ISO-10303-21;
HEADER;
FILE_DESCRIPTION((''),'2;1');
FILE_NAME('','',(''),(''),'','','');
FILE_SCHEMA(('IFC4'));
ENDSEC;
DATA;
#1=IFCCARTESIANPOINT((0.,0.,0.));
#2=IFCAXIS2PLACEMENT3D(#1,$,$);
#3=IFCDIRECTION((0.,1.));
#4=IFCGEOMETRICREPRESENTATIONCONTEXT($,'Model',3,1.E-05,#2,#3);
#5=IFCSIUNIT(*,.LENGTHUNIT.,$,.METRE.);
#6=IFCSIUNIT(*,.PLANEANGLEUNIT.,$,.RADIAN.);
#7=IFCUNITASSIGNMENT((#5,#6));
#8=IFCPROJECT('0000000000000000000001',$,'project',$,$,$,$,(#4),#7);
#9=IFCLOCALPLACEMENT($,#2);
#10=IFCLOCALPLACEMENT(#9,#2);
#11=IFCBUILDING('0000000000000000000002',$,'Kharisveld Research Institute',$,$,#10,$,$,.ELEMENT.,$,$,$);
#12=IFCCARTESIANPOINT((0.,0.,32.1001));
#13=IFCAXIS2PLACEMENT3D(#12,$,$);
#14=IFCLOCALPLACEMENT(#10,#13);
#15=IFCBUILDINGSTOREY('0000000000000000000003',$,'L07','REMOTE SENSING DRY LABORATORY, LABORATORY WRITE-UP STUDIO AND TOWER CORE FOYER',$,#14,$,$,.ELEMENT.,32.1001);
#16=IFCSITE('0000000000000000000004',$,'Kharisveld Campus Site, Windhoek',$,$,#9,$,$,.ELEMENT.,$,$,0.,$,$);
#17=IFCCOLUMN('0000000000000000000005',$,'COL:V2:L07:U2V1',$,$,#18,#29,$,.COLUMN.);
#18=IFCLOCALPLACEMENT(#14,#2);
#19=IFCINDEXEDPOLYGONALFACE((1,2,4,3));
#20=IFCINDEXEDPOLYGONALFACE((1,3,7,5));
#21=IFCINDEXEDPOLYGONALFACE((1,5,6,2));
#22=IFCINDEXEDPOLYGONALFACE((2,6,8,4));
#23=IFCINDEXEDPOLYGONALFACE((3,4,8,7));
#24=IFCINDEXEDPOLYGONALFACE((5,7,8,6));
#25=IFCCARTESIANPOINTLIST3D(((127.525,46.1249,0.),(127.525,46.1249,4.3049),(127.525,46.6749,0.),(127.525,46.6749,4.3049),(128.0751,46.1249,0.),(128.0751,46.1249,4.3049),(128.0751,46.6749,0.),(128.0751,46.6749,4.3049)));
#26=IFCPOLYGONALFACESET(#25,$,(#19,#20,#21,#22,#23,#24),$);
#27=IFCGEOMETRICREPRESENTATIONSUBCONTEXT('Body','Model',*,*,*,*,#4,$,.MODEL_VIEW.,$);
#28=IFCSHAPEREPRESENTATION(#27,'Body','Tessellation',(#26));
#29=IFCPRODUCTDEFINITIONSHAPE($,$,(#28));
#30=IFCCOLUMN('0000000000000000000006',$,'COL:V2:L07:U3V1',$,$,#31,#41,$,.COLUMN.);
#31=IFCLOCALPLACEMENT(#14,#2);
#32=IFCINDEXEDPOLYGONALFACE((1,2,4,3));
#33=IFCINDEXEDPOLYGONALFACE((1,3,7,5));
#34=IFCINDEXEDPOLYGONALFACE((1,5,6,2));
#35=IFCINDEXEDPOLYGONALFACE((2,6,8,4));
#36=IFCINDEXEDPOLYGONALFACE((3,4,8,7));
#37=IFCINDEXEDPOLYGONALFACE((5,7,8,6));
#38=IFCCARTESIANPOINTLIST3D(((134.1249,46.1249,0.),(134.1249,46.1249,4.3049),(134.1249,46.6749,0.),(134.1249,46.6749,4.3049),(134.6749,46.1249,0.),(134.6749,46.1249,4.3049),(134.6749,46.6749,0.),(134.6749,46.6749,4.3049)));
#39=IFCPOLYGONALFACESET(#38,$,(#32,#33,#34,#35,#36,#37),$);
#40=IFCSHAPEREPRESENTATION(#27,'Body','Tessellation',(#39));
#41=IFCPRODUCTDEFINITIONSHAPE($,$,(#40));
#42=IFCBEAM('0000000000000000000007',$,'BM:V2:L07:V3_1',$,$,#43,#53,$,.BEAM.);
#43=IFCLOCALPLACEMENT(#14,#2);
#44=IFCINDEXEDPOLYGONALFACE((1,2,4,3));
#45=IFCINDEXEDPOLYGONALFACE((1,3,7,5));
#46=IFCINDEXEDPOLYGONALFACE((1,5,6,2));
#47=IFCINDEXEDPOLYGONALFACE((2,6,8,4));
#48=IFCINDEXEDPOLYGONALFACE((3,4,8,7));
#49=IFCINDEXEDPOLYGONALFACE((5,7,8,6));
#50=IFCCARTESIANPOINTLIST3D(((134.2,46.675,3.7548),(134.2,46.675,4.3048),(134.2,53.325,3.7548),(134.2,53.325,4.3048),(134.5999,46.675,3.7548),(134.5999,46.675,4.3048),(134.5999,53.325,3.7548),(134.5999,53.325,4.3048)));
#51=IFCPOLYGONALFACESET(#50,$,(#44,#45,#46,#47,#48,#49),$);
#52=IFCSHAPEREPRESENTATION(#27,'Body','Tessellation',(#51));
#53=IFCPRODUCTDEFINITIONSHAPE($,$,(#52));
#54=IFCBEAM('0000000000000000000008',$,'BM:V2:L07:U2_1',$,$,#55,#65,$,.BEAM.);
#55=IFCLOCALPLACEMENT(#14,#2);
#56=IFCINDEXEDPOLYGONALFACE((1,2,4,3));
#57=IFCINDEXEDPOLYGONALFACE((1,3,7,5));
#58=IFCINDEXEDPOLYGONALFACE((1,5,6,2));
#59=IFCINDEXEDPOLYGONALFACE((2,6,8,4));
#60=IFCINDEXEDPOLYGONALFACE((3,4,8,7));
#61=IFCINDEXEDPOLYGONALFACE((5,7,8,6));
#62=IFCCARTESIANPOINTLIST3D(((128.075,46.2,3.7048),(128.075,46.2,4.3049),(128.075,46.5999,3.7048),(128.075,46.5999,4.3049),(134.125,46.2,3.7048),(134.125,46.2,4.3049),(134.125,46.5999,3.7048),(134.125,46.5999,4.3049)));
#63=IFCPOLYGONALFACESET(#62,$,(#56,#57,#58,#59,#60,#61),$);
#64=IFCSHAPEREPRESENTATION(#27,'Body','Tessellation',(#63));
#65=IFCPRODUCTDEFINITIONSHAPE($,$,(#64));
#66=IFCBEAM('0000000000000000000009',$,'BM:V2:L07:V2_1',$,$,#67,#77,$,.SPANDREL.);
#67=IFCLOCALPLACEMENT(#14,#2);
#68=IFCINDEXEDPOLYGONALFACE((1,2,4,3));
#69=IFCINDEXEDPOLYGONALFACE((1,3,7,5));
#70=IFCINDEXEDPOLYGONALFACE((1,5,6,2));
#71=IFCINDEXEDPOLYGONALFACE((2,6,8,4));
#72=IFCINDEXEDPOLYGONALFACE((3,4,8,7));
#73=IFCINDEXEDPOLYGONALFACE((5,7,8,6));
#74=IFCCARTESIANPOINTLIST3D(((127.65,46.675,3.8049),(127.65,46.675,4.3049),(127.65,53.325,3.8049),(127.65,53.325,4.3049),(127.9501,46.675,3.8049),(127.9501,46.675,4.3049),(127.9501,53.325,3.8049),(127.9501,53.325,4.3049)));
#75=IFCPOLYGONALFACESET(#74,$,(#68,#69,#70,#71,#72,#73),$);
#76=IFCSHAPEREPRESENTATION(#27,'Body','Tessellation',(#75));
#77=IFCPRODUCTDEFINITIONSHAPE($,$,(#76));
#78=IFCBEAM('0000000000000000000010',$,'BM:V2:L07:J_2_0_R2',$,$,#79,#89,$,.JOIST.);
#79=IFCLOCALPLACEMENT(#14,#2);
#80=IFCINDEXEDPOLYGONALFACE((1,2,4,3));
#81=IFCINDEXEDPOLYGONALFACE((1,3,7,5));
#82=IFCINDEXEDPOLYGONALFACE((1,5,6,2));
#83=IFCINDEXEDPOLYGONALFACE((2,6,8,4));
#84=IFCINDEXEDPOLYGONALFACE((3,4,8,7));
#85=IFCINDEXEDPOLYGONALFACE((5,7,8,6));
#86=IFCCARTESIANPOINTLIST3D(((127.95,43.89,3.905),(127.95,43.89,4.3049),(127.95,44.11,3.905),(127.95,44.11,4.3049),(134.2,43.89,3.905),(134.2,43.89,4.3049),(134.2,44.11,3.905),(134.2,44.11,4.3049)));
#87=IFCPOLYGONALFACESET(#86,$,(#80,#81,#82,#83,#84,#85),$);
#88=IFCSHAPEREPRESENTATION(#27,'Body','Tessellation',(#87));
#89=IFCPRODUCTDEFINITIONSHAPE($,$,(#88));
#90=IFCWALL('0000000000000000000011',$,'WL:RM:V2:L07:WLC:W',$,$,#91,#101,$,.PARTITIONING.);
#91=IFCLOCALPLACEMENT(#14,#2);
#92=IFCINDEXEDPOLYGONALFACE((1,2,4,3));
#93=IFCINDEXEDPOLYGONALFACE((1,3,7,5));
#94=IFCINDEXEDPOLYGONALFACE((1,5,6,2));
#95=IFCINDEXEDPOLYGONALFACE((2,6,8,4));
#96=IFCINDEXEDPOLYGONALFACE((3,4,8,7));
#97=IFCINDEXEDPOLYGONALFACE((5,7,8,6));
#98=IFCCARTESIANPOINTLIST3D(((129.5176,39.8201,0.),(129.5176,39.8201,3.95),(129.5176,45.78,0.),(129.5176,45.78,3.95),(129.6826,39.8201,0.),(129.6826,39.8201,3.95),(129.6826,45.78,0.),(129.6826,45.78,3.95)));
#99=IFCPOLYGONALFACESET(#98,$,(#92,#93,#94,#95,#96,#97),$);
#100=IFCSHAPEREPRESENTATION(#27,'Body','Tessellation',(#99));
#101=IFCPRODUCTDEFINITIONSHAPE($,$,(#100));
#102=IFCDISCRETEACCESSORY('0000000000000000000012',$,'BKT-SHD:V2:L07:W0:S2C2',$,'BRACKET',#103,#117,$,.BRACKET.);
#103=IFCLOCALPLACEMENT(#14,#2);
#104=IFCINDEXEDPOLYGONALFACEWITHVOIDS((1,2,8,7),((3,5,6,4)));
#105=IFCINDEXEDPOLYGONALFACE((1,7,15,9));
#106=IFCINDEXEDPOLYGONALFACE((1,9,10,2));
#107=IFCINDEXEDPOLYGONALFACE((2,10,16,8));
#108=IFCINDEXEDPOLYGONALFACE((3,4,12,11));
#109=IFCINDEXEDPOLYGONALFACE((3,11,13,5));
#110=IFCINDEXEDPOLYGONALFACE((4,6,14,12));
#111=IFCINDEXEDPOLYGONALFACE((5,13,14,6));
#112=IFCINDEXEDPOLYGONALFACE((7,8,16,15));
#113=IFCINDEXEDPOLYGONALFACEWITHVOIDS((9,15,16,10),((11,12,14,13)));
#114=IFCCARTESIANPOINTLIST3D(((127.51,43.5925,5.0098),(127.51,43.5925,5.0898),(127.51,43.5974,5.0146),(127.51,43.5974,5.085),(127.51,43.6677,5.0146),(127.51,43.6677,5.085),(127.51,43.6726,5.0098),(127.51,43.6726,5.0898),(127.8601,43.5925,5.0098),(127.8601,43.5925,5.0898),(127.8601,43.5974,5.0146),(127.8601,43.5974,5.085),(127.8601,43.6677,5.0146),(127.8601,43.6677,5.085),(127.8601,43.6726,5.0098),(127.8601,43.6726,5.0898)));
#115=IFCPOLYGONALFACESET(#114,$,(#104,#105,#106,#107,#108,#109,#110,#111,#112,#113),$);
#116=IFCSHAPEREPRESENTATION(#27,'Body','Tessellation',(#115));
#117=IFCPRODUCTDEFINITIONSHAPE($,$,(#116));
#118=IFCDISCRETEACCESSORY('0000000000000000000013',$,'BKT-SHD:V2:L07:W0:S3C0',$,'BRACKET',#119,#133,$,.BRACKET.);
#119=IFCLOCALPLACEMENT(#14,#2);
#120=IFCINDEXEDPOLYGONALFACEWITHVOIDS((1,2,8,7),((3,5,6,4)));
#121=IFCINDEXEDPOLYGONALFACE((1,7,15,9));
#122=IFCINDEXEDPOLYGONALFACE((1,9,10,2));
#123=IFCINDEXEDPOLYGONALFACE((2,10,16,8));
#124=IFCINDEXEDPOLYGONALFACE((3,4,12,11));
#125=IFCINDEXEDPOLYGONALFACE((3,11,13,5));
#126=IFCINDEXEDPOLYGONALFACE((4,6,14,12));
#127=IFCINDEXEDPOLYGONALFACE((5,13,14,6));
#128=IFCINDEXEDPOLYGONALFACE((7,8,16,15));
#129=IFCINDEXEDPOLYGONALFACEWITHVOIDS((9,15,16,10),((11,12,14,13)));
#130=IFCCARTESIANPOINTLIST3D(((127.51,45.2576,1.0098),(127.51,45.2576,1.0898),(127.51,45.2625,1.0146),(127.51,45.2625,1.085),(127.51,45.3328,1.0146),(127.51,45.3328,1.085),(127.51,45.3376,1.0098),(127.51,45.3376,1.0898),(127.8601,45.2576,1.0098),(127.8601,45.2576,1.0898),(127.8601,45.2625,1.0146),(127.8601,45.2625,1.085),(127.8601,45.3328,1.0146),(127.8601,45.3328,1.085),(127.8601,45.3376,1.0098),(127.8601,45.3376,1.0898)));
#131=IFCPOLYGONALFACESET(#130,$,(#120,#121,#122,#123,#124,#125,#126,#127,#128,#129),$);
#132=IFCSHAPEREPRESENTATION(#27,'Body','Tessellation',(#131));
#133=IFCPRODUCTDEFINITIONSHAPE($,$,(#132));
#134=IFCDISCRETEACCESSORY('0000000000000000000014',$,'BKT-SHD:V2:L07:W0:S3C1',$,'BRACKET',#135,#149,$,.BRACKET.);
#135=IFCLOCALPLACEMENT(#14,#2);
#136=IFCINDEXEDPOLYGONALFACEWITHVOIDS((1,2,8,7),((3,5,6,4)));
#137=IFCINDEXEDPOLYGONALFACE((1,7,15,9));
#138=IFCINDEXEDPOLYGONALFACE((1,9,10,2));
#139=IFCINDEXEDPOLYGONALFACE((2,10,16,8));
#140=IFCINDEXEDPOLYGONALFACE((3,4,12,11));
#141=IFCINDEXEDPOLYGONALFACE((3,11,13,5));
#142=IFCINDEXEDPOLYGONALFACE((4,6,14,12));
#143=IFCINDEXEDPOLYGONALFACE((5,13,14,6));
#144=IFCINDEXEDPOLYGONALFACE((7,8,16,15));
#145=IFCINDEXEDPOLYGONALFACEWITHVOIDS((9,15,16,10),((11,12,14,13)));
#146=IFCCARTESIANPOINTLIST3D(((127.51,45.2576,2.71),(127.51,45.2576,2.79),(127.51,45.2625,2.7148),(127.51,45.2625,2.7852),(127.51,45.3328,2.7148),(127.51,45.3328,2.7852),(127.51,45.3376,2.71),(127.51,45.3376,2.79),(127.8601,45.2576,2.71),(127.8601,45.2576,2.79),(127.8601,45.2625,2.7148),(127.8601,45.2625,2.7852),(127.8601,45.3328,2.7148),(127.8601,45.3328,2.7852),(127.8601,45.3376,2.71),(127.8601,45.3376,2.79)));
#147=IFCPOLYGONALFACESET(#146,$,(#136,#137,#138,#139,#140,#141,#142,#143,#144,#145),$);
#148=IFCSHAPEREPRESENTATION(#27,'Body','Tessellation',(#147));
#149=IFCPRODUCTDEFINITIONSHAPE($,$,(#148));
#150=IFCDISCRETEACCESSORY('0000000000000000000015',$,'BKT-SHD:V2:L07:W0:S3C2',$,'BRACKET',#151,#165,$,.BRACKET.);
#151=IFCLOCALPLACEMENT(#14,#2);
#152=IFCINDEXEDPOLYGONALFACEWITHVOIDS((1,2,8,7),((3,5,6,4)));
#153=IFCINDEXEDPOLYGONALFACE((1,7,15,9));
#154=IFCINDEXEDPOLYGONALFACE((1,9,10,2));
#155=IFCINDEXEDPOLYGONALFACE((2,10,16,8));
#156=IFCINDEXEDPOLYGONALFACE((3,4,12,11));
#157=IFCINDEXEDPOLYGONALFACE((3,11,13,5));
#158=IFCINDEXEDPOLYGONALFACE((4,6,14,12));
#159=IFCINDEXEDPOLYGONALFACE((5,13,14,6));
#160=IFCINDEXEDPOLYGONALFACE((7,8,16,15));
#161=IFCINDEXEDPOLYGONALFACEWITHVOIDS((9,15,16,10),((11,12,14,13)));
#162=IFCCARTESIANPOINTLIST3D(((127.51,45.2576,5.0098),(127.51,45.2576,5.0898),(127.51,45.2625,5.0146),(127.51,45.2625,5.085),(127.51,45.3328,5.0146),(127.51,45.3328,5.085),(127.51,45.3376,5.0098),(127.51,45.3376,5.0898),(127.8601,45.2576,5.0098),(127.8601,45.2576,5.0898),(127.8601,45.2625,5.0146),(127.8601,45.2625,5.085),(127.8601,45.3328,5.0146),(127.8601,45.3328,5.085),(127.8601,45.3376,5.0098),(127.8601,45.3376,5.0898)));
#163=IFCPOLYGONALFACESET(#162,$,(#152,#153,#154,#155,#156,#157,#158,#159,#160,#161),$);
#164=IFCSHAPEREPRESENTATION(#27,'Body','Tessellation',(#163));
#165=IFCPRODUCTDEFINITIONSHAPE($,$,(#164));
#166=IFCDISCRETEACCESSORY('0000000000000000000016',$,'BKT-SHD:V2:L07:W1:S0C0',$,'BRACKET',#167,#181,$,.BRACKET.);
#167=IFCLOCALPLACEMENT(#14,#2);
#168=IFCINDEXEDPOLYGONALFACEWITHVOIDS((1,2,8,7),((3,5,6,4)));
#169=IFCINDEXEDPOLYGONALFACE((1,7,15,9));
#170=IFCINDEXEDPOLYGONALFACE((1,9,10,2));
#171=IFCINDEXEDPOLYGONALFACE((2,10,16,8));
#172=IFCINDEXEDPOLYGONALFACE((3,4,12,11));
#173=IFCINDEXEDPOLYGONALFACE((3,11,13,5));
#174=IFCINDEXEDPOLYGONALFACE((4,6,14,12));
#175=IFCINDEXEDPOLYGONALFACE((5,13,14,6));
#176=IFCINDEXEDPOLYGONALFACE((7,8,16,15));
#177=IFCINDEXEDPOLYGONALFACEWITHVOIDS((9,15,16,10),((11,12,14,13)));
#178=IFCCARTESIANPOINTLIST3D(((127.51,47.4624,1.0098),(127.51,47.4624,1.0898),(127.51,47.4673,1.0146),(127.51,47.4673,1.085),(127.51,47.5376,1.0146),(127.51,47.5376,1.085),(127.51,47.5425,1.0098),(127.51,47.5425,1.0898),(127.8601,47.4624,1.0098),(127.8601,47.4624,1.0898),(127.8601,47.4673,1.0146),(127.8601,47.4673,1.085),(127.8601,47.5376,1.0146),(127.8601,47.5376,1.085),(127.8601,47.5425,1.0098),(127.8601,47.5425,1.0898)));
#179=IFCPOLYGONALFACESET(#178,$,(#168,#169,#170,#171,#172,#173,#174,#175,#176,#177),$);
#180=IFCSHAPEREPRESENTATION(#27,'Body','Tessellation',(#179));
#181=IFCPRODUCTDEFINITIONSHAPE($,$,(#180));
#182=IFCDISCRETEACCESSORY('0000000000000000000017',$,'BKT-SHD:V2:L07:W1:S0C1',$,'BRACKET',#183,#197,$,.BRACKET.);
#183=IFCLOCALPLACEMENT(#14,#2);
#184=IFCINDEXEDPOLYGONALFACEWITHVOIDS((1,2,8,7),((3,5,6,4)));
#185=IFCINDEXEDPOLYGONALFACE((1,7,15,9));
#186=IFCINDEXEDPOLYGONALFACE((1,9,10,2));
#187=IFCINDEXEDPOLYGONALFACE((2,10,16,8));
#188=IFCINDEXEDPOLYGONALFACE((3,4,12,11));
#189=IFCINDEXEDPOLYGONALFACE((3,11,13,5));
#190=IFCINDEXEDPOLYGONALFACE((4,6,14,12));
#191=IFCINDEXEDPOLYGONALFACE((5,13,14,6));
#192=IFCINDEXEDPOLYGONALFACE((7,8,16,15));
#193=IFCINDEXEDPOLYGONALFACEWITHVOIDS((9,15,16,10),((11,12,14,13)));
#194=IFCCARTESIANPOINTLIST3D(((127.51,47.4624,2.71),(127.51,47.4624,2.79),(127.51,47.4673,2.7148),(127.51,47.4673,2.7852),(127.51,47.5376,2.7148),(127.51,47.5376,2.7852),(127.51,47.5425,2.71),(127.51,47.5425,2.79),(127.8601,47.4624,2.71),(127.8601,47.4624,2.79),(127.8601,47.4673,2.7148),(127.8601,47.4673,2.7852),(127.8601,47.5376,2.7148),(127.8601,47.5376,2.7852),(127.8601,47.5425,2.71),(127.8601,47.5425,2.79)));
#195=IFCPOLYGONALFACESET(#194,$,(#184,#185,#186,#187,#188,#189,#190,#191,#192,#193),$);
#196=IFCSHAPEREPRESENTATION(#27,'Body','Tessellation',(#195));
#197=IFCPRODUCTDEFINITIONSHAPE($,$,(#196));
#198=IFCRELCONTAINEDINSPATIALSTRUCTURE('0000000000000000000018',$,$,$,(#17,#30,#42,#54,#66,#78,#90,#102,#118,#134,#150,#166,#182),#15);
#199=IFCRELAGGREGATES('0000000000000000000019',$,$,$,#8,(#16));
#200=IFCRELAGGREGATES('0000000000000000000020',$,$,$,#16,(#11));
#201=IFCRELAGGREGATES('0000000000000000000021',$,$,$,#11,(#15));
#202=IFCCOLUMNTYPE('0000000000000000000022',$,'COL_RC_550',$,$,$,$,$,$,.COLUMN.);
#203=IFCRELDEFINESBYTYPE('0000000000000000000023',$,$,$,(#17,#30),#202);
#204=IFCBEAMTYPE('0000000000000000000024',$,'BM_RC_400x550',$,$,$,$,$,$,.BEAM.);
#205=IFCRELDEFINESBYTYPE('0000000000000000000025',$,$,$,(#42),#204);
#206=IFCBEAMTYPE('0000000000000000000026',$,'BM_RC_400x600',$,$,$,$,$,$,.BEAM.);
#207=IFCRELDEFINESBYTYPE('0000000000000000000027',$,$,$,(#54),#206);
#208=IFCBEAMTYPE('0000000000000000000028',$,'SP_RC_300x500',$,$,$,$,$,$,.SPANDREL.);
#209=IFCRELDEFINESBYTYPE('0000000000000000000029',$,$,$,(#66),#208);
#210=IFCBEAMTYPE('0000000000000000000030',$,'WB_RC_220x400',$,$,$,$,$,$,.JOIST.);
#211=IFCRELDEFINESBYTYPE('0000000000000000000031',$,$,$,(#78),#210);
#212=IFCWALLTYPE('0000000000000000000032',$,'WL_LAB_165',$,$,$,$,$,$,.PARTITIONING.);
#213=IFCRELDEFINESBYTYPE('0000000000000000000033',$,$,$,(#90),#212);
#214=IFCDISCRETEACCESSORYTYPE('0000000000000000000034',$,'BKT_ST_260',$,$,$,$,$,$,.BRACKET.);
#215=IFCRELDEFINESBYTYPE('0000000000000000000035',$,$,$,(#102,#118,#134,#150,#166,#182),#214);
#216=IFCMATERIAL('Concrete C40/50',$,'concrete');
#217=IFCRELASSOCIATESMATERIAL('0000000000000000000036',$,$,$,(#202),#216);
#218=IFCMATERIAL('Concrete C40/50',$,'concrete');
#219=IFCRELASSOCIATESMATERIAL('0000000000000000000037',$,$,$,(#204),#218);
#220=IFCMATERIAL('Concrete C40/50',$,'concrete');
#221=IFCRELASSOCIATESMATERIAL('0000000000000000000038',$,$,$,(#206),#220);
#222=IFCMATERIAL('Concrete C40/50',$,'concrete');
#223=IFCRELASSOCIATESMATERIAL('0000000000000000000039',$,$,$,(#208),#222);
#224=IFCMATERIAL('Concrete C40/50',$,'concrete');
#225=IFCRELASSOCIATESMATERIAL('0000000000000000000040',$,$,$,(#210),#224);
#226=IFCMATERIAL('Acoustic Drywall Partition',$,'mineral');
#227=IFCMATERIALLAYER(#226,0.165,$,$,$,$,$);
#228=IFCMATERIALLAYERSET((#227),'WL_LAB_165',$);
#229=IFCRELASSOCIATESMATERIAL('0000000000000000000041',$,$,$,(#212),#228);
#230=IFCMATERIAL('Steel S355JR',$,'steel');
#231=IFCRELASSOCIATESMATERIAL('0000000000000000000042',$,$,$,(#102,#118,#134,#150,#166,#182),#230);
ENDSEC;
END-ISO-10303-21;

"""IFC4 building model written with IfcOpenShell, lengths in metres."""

from ifc_helpers import new_model, si_unit, direction, frame, frame_2d, origin, origin_2d, place, context, subcontext, project, spatial, rectangle, hollow_rectangle, extrude, material, layer, layer_set, material_profile, profile_set, type_object, element, save


model = new_model("IFC4")

# Units and contexts
model_context = context("Model", 3, precision=1e-05, world=origin(), true_north=direction((0.0, 1.0)))
body_context = subcontext(model_context, "Body", "Model", "MODEL_VIEW")
ifc_project = project(units=[si_unit("LENGTHUNIT", "METRE"), si_unit("PLANEANGLEUNIT", "RADIAN")], contexts=[model_context])

# Site, building, storey
site_placement = place(None, origin())
site = spatial("IfcSite", under=ifc_project, at=site_placement, Name="Kharisveld Campus Site, Windhoek", CompositionType="ELEMENT", RefElevation=0.0)
building_placement = place(site_placement, origin())
building = spatial("IfcBuilding", under=site, at=building_placement, Name="Kharisveld Research Institute", CompositionType="ELEMENT")
storey_placement = place(building_placement, frame((0.0, 0.0, 32.1001)))
storey = spatial("IfcBuildingStorey", under=building, at=storey_placement, Name="L07", Description="REMOTE SENSING DRY LABORATORY, LABORATORY WRITE-UP STUDIO AND TOWER CORE FOYER", CompositionType="ELEMENT", Elevation=32.1001)

# Columns
ifc_material_1 = material(Name="Concrete C40/50", Category="concrete")
ifc_material_profile_1 = material_profile(ifc_material_1, rectangle(XDim=0.55, YDim=0.55, at=origin_2d()))
ifc_profile_set_1 = profile_set([ifc_material_profile_1], Name="Concrete C40/50")
column_type = type_object("IfcColumnType", Name="COL_RC_550", PredefinedType="COLUMN", material=ifc_profile_set_1)
for number, where, z_axis, x_axis, name in (
    (1, (127.8, 46.3999, 0.0), (0.0, 0.0, 1.0), (1.0, 0.0, 0.0), "COL:V2:L07:U2V1"),
    (2, (134.3999, 46.3999, 0.0), (0.0, 0.0, 1.0), (1.0, 0.0, 0.0), "COL:V2:L07:U3V1"),
):
    element("IfcColumn", number, at=place(storey_placement, frame(where, z_axis=z_axis, x_axis=x_axis)), inside=storey, type_object=column_type, Name=name, PredefinedType="COLUMN", context=body_context, shape_type="SweptSolid", body=[
        extrude(rectangle(XDim=0.55, YDim=0.55, at=origin_2d()), origin(), (0.0, 0.0, 1.0), 4.3049),
    ])

# Beams
ifc_material_2 = material(Name="Concrete C40/50", Category="concrete")
ifc_material_profile_2 = material_profile(ifc_material_2, rectangle(XDim=0.3999, YDim=0.55, at=origin_2d()))
ifc_profile_set_2 = profile_set([ifc_material_profile_2], Name="Concrete C40/50")
beam_type_1 = type_object("IfcBeamType", Name="BM_RC_400x550", PredefinedType="BEAM", material=ifc_profile_set_2)
beam_1_placement = place(storey_placement, frame((134.3999, 46.675, 4.0298), z_axis=(0.0, 1.0, 0.0), x_axis=(-1.0, 0.0, 0.0)))
element("IfcBeam", 3, at=beam_1_placement, inside=storey, type_object=beam_type_1, Name="BM:V2:L07:V3_1", PredefinedType="BEAM", context=body_context, shape_type="SweptSolid", body=[
    extrude(rectangle(XDim=0.3999, YDim=0.55, at=origin_2d()), origin(), (0.0, 0.0, 1.0), 6.6499),
])
ifc_material_3 = material(Name="Concrete C40/50", Category="concrete")
ifc_material_profile_3 = material_profile(ifc_material_3, rectangle(XDim=0.3999, YDim=0.6001, at=origin_2d()))
ifc_profile_set_3 = profile_set([ifc_material_profile_3], Name="Concrete C40/50")
beam_type_2 = type_object("IfcBeamType", Name="BM_RC_400x600", PredefinedType="BEAM", material=ifc_profile_set_3)
beam_2_placement = place(storey_placement, frame((128.075, 46.3999, 4.0049), z_axis=(1.0, 0.0, 0.0), x_axis=(0.0, 1.0, 0.0)))
element("IfcBeam", 4, at=beam_2_placement, inside=storey, type_object=beam_type_2, Name="BM:V2:L07:U2_1", PredefinedType="BEAM", context=body_context, shape_type="SweptSolid", body=[
    extrude(rectangle(XDim=0.3999, YDim=0.6001, at=origin_2d()), origin(), (0.0, 0.0, 1.0), 6.05),
])
ifc_material_4 = material(Name="Concrete C40/50", Category="concrete")
ifc_material_profile_4 = material_profile(ifc_material_4, rectangle(XDim=0.3, YDim=0.5, at=origin_2d()))
ifc_profile_set_4 = profile_set([ifc_material_profile_4], Name="Concrete C40/50")
beam_type_3 = type_object("IfcBeamType", Name="SP_RC_300x500", PredefinedType="SPANDREL", material=ifc_profile_set_4)
beam_3_placement = place(storey_placement, frame((127.8, 46.675, 4.0549), z_axis=(0.0, 1.0, 0.0), x_axis=(-1.0, 0.0, 0.0)))
element("IfcBeam", 5, at=beam_3_placement, inside=storey, type_object=beam_type_3, Name="BM:V2:L07:V2_1", PredefinedType="SPANDREL", context=body_context, shape_type="SweptSolid", body=[
    extrude(rectangle(XDim=0.3, YDim=0.5, at=origin_2d()), origin(), (0.0, 0.0, 1.0), 6.6499),
])
ifc_material_5 = material(Name="Concrete C40/50", Category="concrete")
ifc_material_profile_5 = material_profile(ifc_material_5, rectangle(XDim=0.22, YDim=0.3999, at=origin_2d()))
ifc_profile_set_5 = profile_set([ifc_material_profile_5], Name="Concrete C40/50")
beam_type_4 = type_object("IfcBeamType", Name="WB_RC_220x400", PredefinedType="JOIST", material=ifc_profile_set_5)
beam_4_placement = place(storey_placement, frame((127.95, 44.0, 4.105), z_axis=(1.0, 0.0, 0.0), x_axis=(0.0, 1.0, 0.0)))
element("IfcBeam", 6, at=beam_4_placement, inside=storey, type_object=beam_type_4, Name="BM:V2:L07:J_2_0_R2", PredefinedType="JOIST", context=body_context, shape_type="SweptSolid", body=[
    extrude(rectangle(XDim=0.22, YDim=0.3999, at=origin_2d()), origin(), (0.0, 0.0, 1.0), 6.25),
])

# Shared definitions
ifc_material_6 = material(Name="Acoustic Drywall Partition", Category="mineral")
ifc_layer_1 = layer(ifc_material_6, 0.165)
ifc_layer_set_1 = layer_set([ifc_layer_1], Name="WL_LAB_165")
wall_type_1 = type_object("IfcWallType", Name="WL_LAB_165", PredefinedType="PARTITIONING", material=ifc_layer_set_1)

# Wall
wall_1_placement = place(storey_placement, frame((129.6001, 45.78, 0.0), z_axis=(0.0, 0.0, 1.0), x_axis=(0.0, -1.0, 0.0)))
element("IfcWall", 7, at=wall_1_placement, inside=storey, type_object=wall_type_1, Name="WL:RM:V2:L07:WLC:W", PredefinedType="PARTITIONING", context=body_context, shape_type="SweptSolid", body=[
    extrude(rectangle(XDim=5.96, YDim=0.165, at=frame_2d((2.98, 0.0))), origin(), (0.0, 0.0, 1.0), 3.95),
])

# Discrete accessories
ifc_material_7 = material(Name="Steel S355JR", Category="steel")
discrete_accessory_type = type_object("IfcDiscreteAccessoryType", Name="BKT_ST_260", PredefinedType="BRACKET")
for number, where, z_axis, x_axis, name in (
    (8, (127.8601, 43.6326, 5.0498), (-1.0, 0.0, 0.0), (0.0, -1.0, 0.0), "BKT-SHD:V2:L07:W0:S2C2"),
    (9, (127.8601, 45.2976, 1.0498), (-1.0, 0.0, 0.0), (0.0, -1.0, 0.0), "BKT-SHD:V2:L07:W0:S3C0"),
    (10, (127.8601, 45.2976, 2.75), (-1.0, 0.0, 0.0), (0.0, -1.0, 0.0), "BKT-SHD:V2:L07:W0:S3C1"),
    (11, (127.8601, 45.2976, 5.0498), (-1.0, 0.0, 0.0), (0.0, -1.0, 0.0), "BKT-SHD:V2:L07:W0:S3C2"),
    (12, (127.8601, 47.5024, 1.0498), (-1.0, 0.0, 0.0), (0.0, -1.0, 0.0), "BKT-SHD:V2:L07:W1:S0C0"),
    (13, (127.8601, 47.5024, 2.75), (-1.0, 0.0, 0.0), (0.0, -1.0, 0.0), "BKT-SHD:V2:L07:W1:S0C1"),
):
    element("IfcDiscreteAccessory", number, at=place(storey_placement, frame(where, z_axis=z_axis, x_axis=x_axis)), inside=storey, type_object=discrete_accessory_type, material=ifc_material_7, Name=name, ObjectType="BRACKET", PredefinedType="BRACKET", context=body_context, shape_type="SweptSolid", body=[
        extrude(hollow_rectangle(XDim=0.0801, YDim=0.0801, WallThickness=0.0049, at=origin_2d()), origin(), (0.0, 0.0, 1.0), 0.3501),
    ])

save(model, "model.ifc")
